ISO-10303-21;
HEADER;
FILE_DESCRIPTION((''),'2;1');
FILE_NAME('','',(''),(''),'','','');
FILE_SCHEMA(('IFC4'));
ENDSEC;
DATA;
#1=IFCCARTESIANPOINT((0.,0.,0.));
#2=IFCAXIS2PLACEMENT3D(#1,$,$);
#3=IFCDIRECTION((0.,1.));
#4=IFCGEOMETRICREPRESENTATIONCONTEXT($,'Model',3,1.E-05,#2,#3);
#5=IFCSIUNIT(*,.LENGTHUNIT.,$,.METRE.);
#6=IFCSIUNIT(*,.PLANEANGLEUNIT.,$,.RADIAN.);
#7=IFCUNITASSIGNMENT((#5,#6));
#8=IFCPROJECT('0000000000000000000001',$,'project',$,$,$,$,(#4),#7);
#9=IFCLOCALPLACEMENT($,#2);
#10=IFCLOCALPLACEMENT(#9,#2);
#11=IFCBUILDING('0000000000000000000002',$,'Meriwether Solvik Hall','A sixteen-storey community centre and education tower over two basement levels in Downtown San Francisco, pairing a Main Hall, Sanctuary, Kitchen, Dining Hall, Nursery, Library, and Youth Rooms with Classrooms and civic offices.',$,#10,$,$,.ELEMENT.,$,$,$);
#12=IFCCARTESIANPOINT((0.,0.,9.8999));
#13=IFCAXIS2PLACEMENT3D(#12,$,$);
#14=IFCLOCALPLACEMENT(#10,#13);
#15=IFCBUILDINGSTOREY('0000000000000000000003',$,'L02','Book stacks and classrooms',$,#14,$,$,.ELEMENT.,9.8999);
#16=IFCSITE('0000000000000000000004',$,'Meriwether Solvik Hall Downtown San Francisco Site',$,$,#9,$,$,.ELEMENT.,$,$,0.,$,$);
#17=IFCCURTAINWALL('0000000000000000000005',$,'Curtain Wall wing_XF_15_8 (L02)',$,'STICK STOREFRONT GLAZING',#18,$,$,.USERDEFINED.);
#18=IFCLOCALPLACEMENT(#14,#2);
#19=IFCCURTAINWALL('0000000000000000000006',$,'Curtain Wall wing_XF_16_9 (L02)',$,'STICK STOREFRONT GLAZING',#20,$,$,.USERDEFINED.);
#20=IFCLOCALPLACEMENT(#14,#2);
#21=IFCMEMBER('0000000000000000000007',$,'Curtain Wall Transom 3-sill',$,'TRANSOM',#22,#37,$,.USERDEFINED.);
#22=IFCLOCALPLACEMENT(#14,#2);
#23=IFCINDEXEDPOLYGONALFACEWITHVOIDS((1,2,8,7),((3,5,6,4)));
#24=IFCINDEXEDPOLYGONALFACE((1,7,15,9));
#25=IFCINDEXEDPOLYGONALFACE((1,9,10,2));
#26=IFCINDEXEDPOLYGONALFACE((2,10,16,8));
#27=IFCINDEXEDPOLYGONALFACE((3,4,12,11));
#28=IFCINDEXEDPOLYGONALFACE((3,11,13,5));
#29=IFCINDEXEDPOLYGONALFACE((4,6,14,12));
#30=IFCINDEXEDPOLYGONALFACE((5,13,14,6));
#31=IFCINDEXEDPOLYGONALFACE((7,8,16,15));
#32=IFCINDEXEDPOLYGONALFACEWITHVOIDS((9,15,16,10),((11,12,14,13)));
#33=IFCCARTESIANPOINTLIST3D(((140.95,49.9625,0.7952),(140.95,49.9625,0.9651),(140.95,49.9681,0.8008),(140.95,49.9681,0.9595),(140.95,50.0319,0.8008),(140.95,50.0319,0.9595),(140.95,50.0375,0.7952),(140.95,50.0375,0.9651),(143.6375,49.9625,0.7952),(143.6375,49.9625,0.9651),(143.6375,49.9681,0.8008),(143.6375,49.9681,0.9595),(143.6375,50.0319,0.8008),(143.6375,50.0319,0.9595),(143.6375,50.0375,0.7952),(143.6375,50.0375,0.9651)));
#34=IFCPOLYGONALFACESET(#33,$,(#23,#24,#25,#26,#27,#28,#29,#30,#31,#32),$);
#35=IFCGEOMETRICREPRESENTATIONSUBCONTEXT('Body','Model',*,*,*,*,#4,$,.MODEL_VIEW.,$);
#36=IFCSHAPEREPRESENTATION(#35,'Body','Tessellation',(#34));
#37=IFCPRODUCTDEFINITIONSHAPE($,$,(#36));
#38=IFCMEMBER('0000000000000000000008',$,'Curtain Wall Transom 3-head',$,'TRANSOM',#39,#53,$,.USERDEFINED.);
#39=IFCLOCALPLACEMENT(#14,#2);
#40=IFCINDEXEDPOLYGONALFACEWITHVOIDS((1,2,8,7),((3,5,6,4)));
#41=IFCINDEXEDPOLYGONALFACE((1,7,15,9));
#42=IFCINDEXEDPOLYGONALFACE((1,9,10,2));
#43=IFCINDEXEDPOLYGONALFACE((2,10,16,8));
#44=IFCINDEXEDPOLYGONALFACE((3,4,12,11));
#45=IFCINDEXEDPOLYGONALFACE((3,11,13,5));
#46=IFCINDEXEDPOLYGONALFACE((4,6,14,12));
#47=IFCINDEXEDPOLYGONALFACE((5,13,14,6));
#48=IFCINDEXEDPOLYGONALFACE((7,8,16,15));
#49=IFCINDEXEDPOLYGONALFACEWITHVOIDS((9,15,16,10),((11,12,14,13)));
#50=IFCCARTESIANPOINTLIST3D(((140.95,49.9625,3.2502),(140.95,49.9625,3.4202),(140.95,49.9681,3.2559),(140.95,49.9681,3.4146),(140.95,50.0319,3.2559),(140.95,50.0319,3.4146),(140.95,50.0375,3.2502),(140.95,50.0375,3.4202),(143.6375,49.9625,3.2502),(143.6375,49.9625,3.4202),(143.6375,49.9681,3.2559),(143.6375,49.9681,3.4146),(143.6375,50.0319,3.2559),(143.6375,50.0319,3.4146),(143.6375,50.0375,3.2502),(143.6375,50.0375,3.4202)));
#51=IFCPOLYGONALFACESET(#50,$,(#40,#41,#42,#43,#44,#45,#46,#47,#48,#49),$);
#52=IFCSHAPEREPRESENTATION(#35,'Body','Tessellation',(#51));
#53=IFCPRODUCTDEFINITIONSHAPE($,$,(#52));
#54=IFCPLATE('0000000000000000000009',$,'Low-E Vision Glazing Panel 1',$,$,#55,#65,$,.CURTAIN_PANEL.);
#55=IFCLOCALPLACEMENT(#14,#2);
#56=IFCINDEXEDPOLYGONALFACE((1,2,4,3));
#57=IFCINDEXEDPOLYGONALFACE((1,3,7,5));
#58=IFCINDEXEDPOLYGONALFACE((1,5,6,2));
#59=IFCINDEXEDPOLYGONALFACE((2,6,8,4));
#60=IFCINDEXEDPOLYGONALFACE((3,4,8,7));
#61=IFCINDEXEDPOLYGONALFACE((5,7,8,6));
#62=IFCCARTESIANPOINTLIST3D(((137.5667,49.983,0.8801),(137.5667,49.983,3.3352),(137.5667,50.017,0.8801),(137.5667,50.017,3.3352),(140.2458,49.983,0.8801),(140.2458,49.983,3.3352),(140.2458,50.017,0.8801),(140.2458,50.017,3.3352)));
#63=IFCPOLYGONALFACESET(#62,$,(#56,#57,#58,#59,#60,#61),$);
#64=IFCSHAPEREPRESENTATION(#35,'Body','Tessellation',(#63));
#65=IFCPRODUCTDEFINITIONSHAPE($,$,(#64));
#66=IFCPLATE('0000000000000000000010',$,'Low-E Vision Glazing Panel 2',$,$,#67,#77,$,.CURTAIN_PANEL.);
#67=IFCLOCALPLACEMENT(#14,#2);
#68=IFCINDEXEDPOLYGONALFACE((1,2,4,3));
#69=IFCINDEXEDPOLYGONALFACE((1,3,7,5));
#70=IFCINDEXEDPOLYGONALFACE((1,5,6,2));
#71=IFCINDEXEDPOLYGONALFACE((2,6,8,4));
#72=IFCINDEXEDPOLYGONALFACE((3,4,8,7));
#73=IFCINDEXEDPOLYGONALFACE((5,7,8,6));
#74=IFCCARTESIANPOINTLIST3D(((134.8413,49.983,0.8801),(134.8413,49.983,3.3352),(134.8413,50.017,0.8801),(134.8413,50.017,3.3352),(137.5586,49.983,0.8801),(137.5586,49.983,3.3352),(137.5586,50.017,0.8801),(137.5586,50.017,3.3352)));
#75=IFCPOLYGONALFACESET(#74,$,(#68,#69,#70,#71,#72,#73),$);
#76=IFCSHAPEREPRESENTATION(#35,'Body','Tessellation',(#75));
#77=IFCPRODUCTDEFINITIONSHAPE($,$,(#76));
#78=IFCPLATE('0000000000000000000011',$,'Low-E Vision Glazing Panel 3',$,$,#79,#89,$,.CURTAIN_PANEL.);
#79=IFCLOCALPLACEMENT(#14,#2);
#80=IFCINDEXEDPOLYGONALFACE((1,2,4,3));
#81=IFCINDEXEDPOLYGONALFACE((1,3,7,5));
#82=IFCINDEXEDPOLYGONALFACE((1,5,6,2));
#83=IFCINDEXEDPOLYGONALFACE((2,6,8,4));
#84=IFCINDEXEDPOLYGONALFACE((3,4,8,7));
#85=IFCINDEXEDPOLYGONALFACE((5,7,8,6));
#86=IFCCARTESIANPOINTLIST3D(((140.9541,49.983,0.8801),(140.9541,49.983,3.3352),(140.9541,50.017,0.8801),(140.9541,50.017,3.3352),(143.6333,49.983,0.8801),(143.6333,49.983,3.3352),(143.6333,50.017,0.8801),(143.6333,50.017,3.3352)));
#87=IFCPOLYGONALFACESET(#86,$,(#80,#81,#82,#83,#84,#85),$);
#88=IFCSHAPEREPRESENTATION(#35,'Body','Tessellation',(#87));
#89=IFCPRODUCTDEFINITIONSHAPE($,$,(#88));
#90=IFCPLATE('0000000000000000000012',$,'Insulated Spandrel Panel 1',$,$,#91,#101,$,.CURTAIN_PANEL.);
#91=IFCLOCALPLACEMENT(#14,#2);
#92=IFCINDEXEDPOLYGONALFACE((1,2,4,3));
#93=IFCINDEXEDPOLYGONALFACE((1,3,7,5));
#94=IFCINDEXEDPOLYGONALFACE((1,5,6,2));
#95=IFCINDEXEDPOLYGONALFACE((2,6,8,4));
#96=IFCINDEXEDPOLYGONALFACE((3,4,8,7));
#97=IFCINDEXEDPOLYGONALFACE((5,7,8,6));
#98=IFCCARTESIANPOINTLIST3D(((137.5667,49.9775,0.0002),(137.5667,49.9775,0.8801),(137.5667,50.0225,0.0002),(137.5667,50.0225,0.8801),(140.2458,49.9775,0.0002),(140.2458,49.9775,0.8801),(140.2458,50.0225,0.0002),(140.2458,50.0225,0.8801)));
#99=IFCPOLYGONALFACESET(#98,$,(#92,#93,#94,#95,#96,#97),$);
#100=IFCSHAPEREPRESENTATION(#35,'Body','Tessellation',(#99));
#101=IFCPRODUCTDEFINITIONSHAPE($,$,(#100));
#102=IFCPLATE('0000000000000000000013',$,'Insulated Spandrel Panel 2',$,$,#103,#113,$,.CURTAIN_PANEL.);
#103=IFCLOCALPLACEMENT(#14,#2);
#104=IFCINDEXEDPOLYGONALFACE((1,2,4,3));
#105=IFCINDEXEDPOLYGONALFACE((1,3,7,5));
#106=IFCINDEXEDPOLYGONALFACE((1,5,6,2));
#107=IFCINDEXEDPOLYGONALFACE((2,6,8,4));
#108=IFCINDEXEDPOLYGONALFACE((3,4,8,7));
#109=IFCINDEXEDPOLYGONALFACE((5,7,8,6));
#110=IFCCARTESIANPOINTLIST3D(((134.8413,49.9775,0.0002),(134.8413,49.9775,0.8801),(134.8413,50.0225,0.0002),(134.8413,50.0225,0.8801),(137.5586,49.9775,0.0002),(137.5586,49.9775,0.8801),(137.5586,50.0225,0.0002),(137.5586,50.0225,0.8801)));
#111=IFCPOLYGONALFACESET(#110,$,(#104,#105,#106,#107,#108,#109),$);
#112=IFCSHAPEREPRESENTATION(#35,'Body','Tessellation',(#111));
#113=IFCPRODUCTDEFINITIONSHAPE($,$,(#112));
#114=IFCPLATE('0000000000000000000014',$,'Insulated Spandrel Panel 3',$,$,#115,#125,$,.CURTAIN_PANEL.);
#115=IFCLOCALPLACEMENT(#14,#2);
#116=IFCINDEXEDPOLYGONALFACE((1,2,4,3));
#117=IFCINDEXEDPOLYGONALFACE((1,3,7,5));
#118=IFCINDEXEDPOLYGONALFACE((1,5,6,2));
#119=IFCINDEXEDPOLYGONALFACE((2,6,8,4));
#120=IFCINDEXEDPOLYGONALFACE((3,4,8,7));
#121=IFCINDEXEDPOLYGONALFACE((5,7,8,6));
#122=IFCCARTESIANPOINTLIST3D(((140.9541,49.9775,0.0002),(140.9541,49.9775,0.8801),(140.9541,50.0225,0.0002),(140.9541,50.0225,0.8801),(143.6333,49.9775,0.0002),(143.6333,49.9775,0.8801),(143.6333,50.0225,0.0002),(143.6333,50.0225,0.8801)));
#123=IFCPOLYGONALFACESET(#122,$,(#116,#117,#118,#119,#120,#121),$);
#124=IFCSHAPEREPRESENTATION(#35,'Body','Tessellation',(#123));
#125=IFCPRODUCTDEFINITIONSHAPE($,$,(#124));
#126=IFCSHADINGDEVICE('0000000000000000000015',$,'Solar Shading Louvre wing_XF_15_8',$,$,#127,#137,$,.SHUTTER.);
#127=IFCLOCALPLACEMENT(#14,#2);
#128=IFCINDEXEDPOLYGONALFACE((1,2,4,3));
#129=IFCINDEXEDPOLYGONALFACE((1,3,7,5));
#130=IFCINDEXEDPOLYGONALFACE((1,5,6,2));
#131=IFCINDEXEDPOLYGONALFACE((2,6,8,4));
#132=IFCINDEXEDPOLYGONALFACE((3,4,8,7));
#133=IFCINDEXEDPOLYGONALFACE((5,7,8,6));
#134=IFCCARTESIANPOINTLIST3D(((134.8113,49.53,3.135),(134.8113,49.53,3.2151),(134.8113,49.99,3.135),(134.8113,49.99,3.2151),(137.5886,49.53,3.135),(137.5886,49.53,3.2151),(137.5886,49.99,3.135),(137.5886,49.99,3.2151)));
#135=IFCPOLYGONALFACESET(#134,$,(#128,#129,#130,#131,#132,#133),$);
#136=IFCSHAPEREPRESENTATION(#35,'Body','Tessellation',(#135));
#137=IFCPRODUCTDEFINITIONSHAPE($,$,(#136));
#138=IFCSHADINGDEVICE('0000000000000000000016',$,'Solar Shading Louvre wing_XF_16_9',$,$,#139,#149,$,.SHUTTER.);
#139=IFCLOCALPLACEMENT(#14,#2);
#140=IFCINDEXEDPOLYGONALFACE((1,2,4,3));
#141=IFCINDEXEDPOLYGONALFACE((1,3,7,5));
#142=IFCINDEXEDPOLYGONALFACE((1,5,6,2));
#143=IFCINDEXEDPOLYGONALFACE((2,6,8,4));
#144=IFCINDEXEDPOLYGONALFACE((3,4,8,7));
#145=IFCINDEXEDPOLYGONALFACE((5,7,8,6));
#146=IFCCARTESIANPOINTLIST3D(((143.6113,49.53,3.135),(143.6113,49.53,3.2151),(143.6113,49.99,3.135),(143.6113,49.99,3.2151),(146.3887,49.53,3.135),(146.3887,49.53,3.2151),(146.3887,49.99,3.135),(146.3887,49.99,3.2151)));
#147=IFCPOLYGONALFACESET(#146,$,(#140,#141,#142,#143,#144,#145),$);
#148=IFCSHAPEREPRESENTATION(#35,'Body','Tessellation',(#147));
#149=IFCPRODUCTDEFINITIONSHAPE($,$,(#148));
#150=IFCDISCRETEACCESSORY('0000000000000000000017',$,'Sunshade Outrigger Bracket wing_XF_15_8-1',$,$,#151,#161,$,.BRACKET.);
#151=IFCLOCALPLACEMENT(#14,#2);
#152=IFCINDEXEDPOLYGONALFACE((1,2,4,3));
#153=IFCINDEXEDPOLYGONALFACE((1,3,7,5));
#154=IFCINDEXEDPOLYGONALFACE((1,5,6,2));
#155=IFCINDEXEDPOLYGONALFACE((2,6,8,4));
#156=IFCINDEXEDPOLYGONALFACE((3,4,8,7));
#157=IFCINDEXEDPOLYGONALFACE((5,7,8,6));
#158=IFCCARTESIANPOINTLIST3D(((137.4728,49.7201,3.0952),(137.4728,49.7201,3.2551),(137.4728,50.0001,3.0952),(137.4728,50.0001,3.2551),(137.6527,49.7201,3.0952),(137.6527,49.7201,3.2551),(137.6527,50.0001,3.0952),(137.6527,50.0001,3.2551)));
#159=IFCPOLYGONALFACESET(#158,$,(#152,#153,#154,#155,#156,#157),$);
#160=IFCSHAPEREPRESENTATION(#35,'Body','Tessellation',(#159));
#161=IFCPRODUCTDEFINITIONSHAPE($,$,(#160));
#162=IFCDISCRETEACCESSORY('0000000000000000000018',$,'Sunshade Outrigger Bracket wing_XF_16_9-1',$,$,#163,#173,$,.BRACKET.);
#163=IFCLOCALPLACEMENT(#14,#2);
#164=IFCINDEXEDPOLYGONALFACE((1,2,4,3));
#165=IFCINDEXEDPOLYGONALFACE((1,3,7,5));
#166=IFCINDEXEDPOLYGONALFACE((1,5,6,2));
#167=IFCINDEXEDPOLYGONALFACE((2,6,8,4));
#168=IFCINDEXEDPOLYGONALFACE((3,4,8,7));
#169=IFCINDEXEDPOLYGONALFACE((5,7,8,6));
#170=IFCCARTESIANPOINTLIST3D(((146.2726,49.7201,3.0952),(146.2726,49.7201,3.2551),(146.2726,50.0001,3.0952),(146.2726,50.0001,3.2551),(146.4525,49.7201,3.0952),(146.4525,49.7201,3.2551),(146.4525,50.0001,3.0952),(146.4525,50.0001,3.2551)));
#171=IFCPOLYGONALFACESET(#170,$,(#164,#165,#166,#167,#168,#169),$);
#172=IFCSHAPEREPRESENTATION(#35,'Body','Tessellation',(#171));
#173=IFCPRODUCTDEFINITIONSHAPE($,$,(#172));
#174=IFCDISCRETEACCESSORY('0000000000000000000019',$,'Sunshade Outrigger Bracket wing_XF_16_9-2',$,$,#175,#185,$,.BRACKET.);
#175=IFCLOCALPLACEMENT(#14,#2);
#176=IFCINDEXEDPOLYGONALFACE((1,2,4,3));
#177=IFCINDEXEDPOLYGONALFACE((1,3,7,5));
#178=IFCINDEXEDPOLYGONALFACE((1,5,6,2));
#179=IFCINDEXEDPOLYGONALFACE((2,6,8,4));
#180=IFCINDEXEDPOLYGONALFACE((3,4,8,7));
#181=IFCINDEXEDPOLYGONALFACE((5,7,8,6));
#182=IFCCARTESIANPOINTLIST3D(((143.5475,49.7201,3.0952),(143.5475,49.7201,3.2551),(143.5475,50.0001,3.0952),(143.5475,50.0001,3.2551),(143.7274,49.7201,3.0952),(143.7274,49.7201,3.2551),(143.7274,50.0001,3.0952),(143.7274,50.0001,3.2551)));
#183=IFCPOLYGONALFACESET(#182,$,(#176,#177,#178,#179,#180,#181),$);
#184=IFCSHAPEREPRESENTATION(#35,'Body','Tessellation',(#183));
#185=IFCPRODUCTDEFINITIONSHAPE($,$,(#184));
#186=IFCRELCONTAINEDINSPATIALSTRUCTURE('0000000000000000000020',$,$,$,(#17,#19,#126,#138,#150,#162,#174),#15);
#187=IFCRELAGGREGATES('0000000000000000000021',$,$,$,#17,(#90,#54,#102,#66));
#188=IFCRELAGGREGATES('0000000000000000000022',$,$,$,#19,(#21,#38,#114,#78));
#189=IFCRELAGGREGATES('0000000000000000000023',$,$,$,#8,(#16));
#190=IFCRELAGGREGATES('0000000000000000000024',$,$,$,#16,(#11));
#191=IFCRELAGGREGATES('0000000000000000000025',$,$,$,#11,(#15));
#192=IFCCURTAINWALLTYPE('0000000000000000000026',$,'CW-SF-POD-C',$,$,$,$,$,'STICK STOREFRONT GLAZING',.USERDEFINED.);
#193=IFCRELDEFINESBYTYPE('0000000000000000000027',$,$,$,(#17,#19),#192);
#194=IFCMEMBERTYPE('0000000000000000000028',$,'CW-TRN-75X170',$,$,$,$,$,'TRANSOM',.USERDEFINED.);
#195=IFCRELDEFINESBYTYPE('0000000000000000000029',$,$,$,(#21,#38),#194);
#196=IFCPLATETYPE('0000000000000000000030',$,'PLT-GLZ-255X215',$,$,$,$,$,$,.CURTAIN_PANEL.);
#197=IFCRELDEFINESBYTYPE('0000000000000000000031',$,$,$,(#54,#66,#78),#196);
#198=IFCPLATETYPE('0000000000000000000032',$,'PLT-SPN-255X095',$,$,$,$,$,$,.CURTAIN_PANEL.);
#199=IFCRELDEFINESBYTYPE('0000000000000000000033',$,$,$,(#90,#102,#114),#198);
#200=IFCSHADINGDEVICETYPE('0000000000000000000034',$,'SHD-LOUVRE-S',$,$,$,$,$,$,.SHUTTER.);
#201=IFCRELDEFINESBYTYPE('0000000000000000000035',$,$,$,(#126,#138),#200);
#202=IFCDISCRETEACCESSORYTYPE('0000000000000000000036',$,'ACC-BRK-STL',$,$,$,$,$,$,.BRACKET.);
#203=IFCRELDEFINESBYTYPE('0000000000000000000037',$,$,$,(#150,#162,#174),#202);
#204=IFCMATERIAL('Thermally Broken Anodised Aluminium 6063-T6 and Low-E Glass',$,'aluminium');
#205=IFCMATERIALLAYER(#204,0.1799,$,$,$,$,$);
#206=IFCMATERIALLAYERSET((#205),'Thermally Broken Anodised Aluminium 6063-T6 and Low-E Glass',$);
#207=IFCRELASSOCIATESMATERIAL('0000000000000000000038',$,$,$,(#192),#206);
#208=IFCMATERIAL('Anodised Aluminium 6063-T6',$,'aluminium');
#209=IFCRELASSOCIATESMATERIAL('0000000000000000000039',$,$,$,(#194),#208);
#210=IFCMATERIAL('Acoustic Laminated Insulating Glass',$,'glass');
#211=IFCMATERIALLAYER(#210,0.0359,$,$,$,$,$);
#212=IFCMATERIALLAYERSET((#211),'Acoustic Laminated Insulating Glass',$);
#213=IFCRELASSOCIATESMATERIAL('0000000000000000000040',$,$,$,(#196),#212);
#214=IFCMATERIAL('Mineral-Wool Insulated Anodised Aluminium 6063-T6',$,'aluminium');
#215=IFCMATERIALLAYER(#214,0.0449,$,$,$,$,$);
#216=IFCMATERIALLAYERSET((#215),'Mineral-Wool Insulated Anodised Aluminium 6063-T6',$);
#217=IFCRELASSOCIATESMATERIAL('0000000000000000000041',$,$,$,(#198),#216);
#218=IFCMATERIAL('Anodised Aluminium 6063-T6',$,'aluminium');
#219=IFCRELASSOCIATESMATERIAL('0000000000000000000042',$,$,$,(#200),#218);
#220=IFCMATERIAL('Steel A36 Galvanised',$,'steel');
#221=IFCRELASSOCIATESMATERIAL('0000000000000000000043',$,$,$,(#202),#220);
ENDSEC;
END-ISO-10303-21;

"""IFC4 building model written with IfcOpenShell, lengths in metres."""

from ifc_helpers import new_model, si_unit, direction, frame, origin, origin_2d, place, context, subcontext, project, spatial, rectangle, hollow_rectangle, extrude, material, layer, layer_set, material_profile, profile_set, type_object, element, aggregate, save


model = new_model("IFC4")

# Units and contexts
model_context = context("Model", 3, precision=1e-05, world=origin(), true_north=direction((0.0, 1.0)))
body_context = subcontext(model_context, "Body", "Model", "MODEL_VIEW")
ifc_project = project(units=[si_unit("LENGTHUNIT", "METRE"), si_unit("PLANEANGLEUNIT", "RADIAN")], contexts=[model_context])

# Site, building, storey
site_placement = place(None, origin())
site = spatial("IfcSite", under=ifc_project, at=site_placement, Name="Meriwether Solvik Hall Downtown San Francisco Site", CompositionType="ELEMENT", RefElevation=0.0)
building_placement = place(site_placement, origin())
building = spatial("IfcBuilding", under=site, at=building_placement, Name="Meriwether Solvik Hall", Description="A sixteen-storey community centre and education tower over two basement levels in Downtown San Francisco, pairing a Main Hall, Sanctuary, Kitchen, Dining Hall, Nursery, Library, and Youth Rooms with Classrooms and civic offices.", CompositionType="ELEMENT")
storey_placement = place(building_placement, frame((0.0, 0.0, 9.8999)))
storey = spatial("IfcBuildingStorey", under=building, at=storey_placement, Name="L02", Description="Book stacks and classrooms", CompositionType="ELEMENT", Elevation=9.8999)

# Curtain walls
ifc_material_1 = material(Name="Thermally Broken Anodised Aluminium 6063-T6 and Low-E Glass", Category="aluminium")
ifc_layer_1 = layer(ifc_material_1, 0.1799)
ifc_layer_set_1 = layer_set([ifc_layer_1], Name="Thermally Broken Anodised Aluminium 6063-T6 and Low-E Glass")
curtain_wall_type = type_object("IfcCurtainWallType", Name="CW-SF-POD-C", ElementType="STICK STOREFRONT GLAZING", PredefinedType="USERDEFINED", material=ifc_layer_set_1)
curtain_wall_1_placement = place(storey_placement, origin())
curtain_wall_1 = element("IfcCurtainWall", 1, at=curtain_wall_1_placement, inside=storey, type_object=curtain_wall_type, Name="Curtain Wall wing_XF_15_8 (L02)", ObjectType="STICK STOREFRONT GLAZING", PredefinedType="USERDEFINED")
curtain_wall_2_placement = place(storey_placement, origin())
curtain_wall_2 = element("IfcCurtainWall", 2, at=curtain_wall_2_placement, inside=storey, type_object=curtain_wall_type, Name="Curtain Wall wing_XF_16_9 (L02)", ObjectType="STICK STOREFRONT GLAZING", PredefinedType="USERDEFINED")

# Members
ifc_material_2 = material(Name="Anodised Aluminium 6063-T6", Category="aluminium")
ifc_material_profile_1 = material_profile(ifc_material_2, hollow_rectangle(XDim=0.075, YDim=0.1699, WallThickness=0.0056, at=origin_2d()), Name="CWT-75X170")
ifc_profile_set_1 = profile_set([ifc_material_profile_1], Name="Anodised Aluminium 6063-T6")
member_type_1 = type_object("IfcMemberType", Name="CW-TRN-75X170", ElementType="TRANSOM", PredefinedType="USERDEFINED", material=ifc_profile_set_1)
member_1_placement = place(storey_placement, frame((143.6375, 50.0, 0.8801), z_axis=(-1.0, 0.0, 0.0), x_axis=(0.0, -1.0, 0.0)))
member_1 = element("IfcMember", 3, at=member_1_placement, type_object=member_type_1, Name="Curtain Wall Transom 3-sill", ObjectType="TRANSOM", PredefinedType="USERDEFINED", context=body_context, shape_type="SweptSolid", body=[
    extrude(hollow_rectangle(XDim=0.075, YDim=0.1699, WallThickness=0.0056, at=origin_2d()), origin(), (0.0, 0.0, 1.0), 2.6875),
])
member_2_placement = place(storey_placement, frame((143.6375, 50.0, 3.3352), z_axis=(-1.0, 0.0, 0.0), x_axis=(0.0, -1.0, 0.0)))
member_2 = element("IfcMember", 4, at=member_2_placement, type_object=member_type_1, Name="Curtain Wall Transom 3-head", ObjectType="TRANSOM", PredefinedType="USERDEFINED", context=body_context, shape_type="SweptSolid", body=[
    extrude(hollow_rectangle(XDim=0.075, YDim=0.1699, WallThickness=0.0056, at=origin_2d()), origin(), (0.0, 0.0, 1.0), 2.6875),
])

# Plates
ifc_material_3 = material(Name="Acoustic Laminated Insulating Glass", Category="glass")
ifc_layer_2 = layer(ifc_material_3, 0.0359)
ifc_layer_set_2 = layer_set([ifc_layer_2], Name="Acoustic Laminated Insulating Glass")
plate_type_1 = type_object("IfcPlateType", Name="PLT-GLZ-255X215", PredefinedType="CURTAIN_PANEL", material=ifc_layer_set_2)
plate_1_placement = place(storey_placement, frame((138.9062, 50.0, 0.8801), z_axis=(0.0, 0.0, 1.0), x_axis=(-1.0, 0.0, 0.0)))
plate_1 = element("IfcPlate", 5, at=plate_1_placement, type_object=plate_type_1, Name="Low-E Vision Glazing Panel 1", PredefinedType="CURTAIN_PANEL", context=body_context, shape_type="SweptSolid", body=[
    extrude(rectangle(XDim=2.6792, YDim=0.0339, at=origin_2d()), origin(), (0.0, 0.0, 1.0), 2.4551),
])
plate_2_placement = place(storey_placement, frame((136.2, 50.0, 0.8801), z_axis=(0.0, 0.0, 1.0), x_axis=(-1.0, 0.0, 0.0)))
plate_2 = element("IfcPlate", 6, at=plate_2_placement, type_object=plate_type_1, Name="Low-E Vision Glazing Panel 2", PredefinedType="CURTAIN_PANEL", context=body_context, shape_type="SweptSolid", body=[
    extrude(rectangle(XDim=2.7173, YDim=0.0339, at=origin_2d()), origin(), (0.0, 0.0, 1.0), 2.4551),
])
plate_3_placement = place(storey_placement, frame((142.2937, 50.0, 0.8801), z_axis=(0.0, 0.0, 1.0), x_axis=(-1.0, 0.0, 0.0)))
plate_3 = element("IfcPlate", 7, at=plate_3_placement, type_object=plate_type_1, Name="Low-E Vision Glazing Panel 3", PredefinedType="CURTAIN_PANEL", context=body_context, shape_type="SweptSolid", body=[
    extrude(rectangle(XDim=2.6792, YDim=0.0339, at=origin_2d()), origin(), (0.0, 0.0, 1.0), 2.4551),
])
ifc_material_4 = material(Name="Mineral-Wool Insulated Anodised Aluminium 6063-T6", Category="aluminium")
ifc_layer_3 = layer(ifc_material_4, 0.0449)
ifc_layer_set_3 = layer_set([ifc_layer_3], Name="Mineral-Wool Insulated Anodised Aluminium 6063-T6")
plate_type_2 = type_object("IfcPlateType", Name="PLT-SPN-255X095", PredefinedType="CURTAIN_PANEL", material=ifc_layer_set_3)
plate_4_placement = place(storey_placement, frame((138.9062, 50.0, 0.0002), z_axis=(0.0, 0.0, 1.0), x_axis=(-1.0, 0.0, 0.0)))
plate_4 = element("IfcPlate", 8, at=plate_4_placement, type_object=plate_type_2, Name="Insulated Spandrel Panel 1", PredefinedType="CURTAIN_PANEL", context=body_context, shape_type="SweptSolid", body=[
    extrude(rectangle(XDim=2.6792, YDim=0.0449, at=origin_2d()), origin(), (0.0, 0.0, 1.0), 0.8799),
])
plate_5_placement = place(storey_placement, frame((136.2, 50.0, 0.0002), z_axis=(0.0, 0.0, 1.0), x_axis=(-1.0, 0.0, 0.0)))
plate_5 = element("IfcPlate", 9, at=plate_5_placement, type_object=plate_type_2, Name="Insulated Spandrel Panel 2", PredefinedType="CURTAIN_PANEL", context=body_context, shape_type="SweptSolid", body=[
    extrude(rectangle(XDim=2.7173, YDim=0.0449, at=origin_2d()), origin(), (0.0, 0.0, 1.0), 0.8799),
])
aggregate(curtain_wall_1, [plate_4, plate_1, plate_5, plate_2])
plate_6_placement = place(storey_placement, frame((142.2937, 50.0, 0.0002), z_axis=(0.0, 0.0, 1.0), x_axis=(-1.0, 0.0, 0.0)))
plate_6 = element("IfcPlate", 10, at=plate_6_placement, type_object=plate_type_2, Name="Insulated Spandrel Panel 3", PredefinedType="CURTAIN_PANEL", context=body_context, shape_type="SweptSolid", body=[
    extrude(rectangle(XDim=2.6792, YDim=0.0449, at=origin_2d()), origin(), (0.0, 0.0, 1.0), 0.8799),
])
aggregate(curtain_wall_2, [member_1, member_2, plate_6, plate_3])

# Shading devices
ifc_material_5 = material(Name="Anodised Aluminium 6063-T6", Category="aluminium")
shading_device_type = type_object("IfcShadingDeviceType", Name="SHD-LOUVRE-S", PredefinedType="SHUTTER", material=ifc_material_5)
for number, where, z_axis, x_axis, name in (
    (11, (136.2, 49.76, 3.135), (0.0, 0.0, 1.0), (-1.0, 0.0, 0.0), "Solar Shading Louvre wing_XF_15_8"),
    (12, (145.0, 49.76, 3.135), (0.0, 0.0, 1.0), (-1.0, 0.0, 0.0), "Solar Shading Louvre wing_XF_16_9"),
):
    element("IfcShadingDevice", number, at=place(storey_placement, frame(where, z_axis=z_axis, x_axis=x_axis)), inside=storey, type_object=shading_device_type, Name=name, PredefinedType="SHUTTER", context=body_context, shape_type="SweptSolid", body=[
        extrude(rectangle(XDim=2.7773, YDim=0.46, at=origin_2d()), origin(), (0.0, 0.0, 1.0), 0.0801),
    ])

# Discrete accessories
ifc_material_6 = material(Name="Steel A36 Galvanised", Category="steel")
discrete_accessory_type = type_object("IfcDiscreteAccessoryType", Name="ACC-BRK-STL", PredefinedType="BRACKET", material=ifc_material_6)
for number, where, z_axis, x_axis, name in (
    (13, (137.5627, 49.8601, 3.0952), (0.0, 0.0, 1.0), (-1.0, 0.0, 0.0), "Sunshade Outrigger Bracket wing_XF_15_8-1"),
    (14, (146.3625, 49.8601, 3.0952), (0.0, 0.0, 1.0), (-1.0, 0.0, 0.0), "Sunshade Outrigger Bracket wing_XF_16_9-1"),
    (15, (143.6375, 49.8601, 3.0952), (0.0, 0.0, 1.0), (-1.0, 0.0, 0.0), "Sunshade Outrigger Bracket wing_XF_16_9-2"),
):
    element("IfcDiscreteAccessory", number, at=place(storey_placement, frame(where, z_axis=z_axis, x_axis=x_axis)), inside=storey, type_object=discrete_accessory_type, Name=name, PredefinedType="BRACKET", context=body_context, shape_type="SweptSolid", body=[
        extrude(rectangle(XDim=0.1799, YDim=0.28, at=origin_2d()), origin(), (0.0, 0.0, 1.0), 0.1599),
    ])

save(model, "model.ifc")
